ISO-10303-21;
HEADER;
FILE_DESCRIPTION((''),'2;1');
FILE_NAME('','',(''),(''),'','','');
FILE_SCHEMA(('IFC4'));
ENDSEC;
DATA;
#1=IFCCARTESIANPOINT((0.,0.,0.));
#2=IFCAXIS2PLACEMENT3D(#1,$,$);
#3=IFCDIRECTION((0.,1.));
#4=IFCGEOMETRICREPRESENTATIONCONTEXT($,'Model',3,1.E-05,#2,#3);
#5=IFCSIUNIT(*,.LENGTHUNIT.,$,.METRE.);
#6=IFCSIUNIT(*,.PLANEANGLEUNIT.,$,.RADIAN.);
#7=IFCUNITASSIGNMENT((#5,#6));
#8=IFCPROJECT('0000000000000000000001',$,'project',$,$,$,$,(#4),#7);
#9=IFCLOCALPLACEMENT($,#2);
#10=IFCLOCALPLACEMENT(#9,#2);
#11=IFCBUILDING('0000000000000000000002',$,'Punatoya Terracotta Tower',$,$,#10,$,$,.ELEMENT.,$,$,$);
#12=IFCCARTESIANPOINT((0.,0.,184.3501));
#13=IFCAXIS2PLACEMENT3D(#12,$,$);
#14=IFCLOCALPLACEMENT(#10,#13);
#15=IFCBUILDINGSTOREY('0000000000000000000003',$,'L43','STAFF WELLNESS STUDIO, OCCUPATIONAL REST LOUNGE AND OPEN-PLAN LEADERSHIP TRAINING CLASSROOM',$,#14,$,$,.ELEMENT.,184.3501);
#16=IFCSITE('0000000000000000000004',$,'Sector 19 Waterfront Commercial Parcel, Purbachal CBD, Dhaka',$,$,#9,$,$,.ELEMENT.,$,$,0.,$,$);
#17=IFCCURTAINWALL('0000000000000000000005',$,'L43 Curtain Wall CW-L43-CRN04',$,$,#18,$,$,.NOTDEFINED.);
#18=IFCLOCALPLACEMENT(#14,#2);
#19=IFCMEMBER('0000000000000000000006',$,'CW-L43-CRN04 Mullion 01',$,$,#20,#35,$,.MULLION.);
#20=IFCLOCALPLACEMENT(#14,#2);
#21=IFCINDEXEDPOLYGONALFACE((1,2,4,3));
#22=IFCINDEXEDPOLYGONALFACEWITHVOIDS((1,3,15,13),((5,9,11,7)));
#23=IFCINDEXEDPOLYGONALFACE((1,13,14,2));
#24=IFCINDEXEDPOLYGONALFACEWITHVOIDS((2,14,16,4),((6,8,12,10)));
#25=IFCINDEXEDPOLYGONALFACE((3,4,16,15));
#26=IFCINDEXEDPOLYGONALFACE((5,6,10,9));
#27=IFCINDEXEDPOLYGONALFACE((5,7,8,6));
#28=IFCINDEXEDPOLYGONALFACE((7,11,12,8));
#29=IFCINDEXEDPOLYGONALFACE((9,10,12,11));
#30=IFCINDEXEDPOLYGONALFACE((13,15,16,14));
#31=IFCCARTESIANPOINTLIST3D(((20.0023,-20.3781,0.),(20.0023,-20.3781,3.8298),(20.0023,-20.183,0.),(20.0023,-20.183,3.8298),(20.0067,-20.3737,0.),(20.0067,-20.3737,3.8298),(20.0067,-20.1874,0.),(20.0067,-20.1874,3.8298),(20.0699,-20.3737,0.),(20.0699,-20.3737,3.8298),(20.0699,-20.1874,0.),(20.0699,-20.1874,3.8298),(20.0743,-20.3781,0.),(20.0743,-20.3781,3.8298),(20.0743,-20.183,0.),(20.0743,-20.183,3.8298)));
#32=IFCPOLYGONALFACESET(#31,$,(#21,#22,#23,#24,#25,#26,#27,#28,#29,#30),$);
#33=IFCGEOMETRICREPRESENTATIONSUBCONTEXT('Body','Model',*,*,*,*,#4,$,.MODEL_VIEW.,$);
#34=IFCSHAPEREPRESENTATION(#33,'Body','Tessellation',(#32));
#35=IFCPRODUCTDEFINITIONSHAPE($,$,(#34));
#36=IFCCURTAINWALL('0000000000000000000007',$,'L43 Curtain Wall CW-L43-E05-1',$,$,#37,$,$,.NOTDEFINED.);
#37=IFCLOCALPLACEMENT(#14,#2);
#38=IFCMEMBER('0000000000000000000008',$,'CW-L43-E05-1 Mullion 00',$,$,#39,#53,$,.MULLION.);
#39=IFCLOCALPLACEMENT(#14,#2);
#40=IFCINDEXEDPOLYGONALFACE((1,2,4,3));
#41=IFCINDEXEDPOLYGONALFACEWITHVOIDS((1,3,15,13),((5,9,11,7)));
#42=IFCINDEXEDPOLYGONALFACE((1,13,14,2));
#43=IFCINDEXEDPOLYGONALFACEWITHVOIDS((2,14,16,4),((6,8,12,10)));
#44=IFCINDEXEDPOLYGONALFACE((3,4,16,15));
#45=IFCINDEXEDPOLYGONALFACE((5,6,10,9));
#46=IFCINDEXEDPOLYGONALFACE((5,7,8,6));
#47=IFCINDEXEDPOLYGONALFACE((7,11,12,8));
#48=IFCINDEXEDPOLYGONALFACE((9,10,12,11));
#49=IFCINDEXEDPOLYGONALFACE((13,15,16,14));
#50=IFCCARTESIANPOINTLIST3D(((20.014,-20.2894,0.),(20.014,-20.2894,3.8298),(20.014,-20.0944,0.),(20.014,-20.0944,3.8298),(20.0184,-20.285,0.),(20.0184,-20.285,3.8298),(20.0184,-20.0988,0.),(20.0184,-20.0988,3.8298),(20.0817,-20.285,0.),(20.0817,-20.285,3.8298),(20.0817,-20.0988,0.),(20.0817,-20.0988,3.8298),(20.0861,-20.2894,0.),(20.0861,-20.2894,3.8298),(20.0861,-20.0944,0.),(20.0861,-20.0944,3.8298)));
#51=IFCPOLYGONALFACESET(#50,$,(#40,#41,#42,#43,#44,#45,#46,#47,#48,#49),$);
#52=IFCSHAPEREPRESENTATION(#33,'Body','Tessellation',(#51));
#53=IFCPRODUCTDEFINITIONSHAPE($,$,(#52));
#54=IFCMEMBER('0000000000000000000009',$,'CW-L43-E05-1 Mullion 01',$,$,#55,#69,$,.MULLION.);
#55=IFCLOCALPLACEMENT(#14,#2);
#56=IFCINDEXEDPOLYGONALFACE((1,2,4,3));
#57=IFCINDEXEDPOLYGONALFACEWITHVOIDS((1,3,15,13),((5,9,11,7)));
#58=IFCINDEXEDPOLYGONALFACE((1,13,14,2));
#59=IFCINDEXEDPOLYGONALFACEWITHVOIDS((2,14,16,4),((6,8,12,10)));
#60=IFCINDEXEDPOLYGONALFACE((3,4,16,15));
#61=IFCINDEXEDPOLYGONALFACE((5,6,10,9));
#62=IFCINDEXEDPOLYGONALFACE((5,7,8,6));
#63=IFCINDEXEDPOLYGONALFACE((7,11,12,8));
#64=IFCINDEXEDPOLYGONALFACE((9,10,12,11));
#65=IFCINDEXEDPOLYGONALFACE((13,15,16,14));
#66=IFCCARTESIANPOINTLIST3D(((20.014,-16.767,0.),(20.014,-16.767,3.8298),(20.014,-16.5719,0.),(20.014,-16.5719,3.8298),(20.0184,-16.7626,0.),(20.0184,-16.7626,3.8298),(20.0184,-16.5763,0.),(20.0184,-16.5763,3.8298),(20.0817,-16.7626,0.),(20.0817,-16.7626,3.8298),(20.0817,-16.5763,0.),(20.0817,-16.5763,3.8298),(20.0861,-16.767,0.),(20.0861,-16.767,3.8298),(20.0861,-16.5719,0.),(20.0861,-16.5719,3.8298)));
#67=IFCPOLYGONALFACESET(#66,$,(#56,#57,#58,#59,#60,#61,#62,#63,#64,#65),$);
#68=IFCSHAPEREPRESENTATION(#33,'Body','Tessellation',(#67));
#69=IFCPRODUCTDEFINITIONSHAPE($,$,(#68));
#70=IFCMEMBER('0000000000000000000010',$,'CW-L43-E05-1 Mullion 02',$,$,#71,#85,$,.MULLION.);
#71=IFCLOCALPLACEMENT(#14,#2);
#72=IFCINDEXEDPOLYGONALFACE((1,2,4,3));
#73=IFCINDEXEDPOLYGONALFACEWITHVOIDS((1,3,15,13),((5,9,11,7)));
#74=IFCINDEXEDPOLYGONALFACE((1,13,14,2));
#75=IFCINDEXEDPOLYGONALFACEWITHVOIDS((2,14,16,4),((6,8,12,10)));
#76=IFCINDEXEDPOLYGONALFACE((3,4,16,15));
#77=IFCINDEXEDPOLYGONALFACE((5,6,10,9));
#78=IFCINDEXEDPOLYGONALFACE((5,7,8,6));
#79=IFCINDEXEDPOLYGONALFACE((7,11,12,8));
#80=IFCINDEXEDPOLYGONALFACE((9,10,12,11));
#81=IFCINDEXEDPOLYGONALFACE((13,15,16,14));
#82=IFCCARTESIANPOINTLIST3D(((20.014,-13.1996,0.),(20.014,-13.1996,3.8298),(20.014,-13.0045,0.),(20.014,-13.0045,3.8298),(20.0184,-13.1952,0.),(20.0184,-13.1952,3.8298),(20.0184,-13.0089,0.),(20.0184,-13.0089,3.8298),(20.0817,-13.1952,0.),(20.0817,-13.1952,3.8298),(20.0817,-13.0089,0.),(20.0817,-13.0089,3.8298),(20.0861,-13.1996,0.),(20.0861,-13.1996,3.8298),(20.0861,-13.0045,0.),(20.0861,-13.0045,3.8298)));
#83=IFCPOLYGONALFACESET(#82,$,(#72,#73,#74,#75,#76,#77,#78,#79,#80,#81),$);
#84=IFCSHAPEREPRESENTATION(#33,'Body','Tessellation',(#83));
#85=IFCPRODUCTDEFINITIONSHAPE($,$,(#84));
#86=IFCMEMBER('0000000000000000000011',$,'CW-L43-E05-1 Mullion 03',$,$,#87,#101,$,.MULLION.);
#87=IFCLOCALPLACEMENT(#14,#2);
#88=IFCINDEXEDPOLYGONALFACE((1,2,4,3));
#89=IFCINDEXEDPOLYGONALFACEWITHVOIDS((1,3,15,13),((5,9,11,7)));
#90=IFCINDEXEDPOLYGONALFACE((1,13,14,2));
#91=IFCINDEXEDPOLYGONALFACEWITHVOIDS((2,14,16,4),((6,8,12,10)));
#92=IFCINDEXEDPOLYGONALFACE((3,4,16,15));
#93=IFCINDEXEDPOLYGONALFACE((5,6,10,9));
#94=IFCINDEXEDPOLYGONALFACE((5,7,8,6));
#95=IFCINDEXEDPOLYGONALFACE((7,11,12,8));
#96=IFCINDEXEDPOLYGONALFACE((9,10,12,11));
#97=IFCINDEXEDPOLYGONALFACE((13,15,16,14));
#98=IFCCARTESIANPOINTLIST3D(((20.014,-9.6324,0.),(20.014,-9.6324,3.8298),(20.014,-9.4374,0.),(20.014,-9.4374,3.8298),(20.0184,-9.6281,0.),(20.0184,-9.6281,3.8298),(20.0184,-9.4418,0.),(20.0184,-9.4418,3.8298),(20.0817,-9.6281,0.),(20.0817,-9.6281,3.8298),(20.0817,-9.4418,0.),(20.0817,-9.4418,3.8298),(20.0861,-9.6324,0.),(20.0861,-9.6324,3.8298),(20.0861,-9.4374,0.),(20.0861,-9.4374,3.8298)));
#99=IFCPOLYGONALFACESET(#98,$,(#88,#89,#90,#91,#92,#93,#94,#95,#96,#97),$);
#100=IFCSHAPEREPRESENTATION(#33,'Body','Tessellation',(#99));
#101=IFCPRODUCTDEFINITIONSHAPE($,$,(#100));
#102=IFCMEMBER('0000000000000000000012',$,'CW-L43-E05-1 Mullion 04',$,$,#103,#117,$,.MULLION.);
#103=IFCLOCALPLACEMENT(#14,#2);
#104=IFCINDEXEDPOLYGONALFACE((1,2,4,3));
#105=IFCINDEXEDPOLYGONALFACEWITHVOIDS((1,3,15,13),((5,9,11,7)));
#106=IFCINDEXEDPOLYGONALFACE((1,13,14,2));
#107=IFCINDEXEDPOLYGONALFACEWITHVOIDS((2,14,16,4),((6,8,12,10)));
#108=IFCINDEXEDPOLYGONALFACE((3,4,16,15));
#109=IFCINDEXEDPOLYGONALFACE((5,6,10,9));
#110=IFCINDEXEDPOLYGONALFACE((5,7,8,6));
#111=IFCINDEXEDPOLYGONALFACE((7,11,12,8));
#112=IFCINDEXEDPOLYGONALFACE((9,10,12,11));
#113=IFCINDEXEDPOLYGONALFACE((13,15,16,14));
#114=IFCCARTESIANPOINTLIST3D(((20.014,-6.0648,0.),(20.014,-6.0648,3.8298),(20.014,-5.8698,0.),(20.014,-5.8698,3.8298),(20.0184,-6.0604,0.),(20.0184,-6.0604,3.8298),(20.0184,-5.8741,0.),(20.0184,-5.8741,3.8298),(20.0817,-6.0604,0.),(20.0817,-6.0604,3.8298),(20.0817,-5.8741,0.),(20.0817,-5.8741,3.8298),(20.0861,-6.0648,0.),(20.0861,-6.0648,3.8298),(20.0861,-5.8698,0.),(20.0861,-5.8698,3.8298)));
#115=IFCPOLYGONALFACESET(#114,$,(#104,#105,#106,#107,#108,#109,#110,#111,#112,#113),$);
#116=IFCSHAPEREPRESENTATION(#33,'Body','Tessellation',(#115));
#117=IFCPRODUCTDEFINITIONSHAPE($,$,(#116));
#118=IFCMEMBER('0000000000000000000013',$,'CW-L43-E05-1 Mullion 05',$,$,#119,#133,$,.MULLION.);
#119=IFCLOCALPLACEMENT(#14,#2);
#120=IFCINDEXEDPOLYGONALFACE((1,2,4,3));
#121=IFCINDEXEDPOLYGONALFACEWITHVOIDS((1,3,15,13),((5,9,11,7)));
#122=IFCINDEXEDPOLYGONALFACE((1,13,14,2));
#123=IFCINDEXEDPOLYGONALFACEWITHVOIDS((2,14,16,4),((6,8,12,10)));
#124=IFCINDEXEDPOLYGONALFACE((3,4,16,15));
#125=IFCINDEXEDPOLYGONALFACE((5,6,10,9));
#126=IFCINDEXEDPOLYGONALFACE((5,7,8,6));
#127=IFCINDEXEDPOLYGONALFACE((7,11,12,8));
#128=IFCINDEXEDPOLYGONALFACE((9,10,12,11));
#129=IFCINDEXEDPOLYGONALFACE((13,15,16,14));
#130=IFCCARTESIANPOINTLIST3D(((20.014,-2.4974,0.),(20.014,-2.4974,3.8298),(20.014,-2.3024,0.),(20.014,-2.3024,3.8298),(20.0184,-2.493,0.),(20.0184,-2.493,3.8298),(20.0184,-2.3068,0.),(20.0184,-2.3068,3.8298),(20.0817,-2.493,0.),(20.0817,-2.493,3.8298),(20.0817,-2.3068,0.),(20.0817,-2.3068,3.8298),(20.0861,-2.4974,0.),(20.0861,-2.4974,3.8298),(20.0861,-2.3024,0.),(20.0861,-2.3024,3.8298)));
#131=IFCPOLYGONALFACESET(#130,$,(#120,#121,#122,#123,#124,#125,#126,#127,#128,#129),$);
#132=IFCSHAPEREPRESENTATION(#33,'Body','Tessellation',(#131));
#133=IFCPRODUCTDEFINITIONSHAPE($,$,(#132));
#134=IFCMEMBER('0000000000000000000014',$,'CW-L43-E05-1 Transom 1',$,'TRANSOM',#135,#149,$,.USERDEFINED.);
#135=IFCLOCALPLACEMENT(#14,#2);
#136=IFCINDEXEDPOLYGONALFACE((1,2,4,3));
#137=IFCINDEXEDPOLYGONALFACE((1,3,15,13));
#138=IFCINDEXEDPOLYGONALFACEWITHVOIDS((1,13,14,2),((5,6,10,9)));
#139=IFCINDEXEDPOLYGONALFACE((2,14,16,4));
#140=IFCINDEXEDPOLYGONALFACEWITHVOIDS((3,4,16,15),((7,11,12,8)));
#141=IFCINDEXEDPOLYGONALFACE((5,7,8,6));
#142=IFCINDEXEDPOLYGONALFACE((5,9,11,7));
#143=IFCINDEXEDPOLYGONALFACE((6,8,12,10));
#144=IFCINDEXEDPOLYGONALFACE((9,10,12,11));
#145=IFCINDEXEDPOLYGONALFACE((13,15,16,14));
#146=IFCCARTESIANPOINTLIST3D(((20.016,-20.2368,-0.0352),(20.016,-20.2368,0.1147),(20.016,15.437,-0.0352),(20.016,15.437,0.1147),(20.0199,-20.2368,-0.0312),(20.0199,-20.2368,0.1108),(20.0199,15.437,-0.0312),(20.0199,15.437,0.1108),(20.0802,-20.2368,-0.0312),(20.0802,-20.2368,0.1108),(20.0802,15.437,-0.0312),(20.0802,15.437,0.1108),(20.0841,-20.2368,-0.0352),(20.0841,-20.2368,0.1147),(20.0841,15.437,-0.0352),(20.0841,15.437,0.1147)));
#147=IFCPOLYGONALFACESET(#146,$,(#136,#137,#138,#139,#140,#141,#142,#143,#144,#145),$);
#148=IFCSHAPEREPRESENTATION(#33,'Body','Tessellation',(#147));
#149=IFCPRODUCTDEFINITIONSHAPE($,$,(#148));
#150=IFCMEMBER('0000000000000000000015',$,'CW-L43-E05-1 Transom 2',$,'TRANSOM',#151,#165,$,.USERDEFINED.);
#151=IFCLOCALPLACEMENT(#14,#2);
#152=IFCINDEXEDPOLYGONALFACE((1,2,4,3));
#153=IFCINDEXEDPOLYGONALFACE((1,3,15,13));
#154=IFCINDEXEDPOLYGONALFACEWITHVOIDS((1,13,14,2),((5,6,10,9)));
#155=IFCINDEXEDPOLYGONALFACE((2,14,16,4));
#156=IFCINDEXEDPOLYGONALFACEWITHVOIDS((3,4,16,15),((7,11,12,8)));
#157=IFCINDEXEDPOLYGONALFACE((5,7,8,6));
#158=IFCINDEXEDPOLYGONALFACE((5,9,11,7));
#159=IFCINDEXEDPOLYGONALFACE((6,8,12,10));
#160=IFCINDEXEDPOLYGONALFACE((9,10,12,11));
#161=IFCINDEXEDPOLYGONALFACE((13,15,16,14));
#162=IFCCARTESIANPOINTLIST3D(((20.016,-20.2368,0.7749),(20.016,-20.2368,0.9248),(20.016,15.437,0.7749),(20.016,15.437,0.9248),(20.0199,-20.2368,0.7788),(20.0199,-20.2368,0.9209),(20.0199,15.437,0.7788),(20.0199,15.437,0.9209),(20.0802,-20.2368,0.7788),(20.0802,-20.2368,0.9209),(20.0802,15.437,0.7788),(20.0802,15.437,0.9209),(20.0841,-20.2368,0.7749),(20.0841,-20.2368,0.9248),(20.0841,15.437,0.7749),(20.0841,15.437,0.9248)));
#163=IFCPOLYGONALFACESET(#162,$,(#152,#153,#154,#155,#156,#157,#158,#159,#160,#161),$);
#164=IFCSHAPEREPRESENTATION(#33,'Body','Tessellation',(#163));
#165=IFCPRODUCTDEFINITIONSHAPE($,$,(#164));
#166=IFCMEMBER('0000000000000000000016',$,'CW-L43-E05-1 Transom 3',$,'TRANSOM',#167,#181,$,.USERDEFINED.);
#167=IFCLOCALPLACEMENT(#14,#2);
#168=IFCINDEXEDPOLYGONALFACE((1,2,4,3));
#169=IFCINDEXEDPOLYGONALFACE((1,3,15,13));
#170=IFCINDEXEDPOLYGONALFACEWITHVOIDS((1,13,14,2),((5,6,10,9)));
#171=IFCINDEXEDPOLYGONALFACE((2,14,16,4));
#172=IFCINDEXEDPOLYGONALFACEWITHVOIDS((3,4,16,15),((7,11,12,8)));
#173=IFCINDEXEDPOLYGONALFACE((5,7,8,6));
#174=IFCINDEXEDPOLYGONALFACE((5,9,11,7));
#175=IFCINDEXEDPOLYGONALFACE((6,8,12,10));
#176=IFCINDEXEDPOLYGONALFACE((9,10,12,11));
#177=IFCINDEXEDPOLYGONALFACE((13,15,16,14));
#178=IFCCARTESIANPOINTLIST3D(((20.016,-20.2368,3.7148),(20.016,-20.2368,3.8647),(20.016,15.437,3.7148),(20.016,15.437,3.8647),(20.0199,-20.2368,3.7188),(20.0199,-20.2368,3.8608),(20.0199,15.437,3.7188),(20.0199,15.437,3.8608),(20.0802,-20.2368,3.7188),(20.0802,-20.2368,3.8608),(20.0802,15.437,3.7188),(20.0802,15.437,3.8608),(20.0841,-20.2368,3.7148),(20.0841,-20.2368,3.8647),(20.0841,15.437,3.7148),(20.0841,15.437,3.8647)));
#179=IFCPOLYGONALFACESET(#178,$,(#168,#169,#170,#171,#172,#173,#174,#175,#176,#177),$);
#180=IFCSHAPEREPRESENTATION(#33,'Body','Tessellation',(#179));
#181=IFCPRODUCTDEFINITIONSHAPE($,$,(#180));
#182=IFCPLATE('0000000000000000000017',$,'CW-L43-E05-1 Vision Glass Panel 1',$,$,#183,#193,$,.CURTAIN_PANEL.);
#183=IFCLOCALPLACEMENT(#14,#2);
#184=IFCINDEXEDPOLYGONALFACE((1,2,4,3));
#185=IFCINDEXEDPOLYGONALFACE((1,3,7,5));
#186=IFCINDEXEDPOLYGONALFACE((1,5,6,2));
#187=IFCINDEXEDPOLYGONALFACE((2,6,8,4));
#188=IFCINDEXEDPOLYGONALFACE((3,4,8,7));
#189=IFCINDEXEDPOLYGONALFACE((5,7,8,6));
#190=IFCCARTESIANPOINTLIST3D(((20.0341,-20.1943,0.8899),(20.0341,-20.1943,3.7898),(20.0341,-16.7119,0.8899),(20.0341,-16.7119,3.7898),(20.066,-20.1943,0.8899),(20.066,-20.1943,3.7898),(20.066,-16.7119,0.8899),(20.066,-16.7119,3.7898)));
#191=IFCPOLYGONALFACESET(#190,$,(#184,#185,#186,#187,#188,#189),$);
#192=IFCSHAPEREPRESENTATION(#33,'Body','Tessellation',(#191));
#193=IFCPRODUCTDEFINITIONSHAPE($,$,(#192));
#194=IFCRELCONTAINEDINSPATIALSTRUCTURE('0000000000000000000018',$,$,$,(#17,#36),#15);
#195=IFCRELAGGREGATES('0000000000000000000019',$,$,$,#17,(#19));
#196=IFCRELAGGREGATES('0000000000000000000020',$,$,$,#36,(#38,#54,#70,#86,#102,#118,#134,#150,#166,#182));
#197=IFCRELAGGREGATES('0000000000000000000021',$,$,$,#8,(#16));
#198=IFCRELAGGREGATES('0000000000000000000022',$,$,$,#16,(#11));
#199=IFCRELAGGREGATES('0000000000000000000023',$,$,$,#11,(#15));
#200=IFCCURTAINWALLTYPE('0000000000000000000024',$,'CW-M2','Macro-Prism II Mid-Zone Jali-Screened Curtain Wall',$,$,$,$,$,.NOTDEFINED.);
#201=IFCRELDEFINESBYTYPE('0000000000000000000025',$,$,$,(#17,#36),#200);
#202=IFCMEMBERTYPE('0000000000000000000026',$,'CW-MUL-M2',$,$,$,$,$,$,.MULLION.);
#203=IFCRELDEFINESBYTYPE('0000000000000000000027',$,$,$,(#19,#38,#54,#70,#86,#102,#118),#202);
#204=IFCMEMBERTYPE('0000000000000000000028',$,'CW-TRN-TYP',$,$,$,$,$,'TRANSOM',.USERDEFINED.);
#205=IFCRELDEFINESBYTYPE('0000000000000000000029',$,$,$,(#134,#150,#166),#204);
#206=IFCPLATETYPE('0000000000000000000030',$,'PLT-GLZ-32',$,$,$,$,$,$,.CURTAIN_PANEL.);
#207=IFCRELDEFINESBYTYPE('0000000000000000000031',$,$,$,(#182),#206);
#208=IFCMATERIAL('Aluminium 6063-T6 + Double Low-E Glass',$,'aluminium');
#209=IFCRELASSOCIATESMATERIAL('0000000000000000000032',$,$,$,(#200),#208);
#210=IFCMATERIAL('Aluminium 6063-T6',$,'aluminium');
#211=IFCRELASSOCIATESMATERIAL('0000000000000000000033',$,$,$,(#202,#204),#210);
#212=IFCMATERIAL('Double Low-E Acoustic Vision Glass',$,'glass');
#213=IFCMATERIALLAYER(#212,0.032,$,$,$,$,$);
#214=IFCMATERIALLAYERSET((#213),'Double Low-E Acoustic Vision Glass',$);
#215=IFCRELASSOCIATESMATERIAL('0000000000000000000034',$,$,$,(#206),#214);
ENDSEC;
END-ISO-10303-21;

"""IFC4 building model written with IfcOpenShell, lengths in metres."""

from ifc_helpers import new_model, si_unit, direction, frame, origin, origin_2d, place, context, subcontext, project, spatial, rectangle, hollow_rectangle, extrude, material, layer, layer_set, material_profile, profile_set, type_object, element, aggregate, save


model = new_model("IFC4")

# Units and contexts
model_context = context("Model", 3, precision=1e-05, world=origin(), true_north=direction((0.0, 1.0)))
body_context = subcontext(model_context, "Body", "Model", "MODEL_VIEW")
ifc_project = project(units=[si_unit("LENGTHUNIT", "METRE"), si_unit("PLANEANGLEUNIT", "RADIAN")], contexts=[model_context])

# Site, building, storey
site_placement = place(None, origin())
site = spatial("IfcSite", under=ifc_project, at=site_placement, Name="Sector 19 Waterfront Commercial Parcel, Purbachal CBD, Dhaka", CompositionType="ELEMENT", RefElevation=0.0)
building_placement = place(site_placement, origin())
building = spatial("IfcBuilding", under=site, at=building_placement, Name="Punatoya Terracotta Tower", CompositionType="ELEMENT")
storey_placement = place(building_placement, frame((0.0, 0.0, 184.3501)))
storey = spatial("IfcBuildingStorey", under=building, at=storey_placement, Name="L43", Description="STAFF WELLNESS STUDIO, OCCUPATIONAL REST LOUNGE AND OPEN-PLAN LEADERSHIP TRAINING CLASSROOM", CompositionType="ELEMENT", Elevation=184.3501)

# Curtain wall, member
ifc_material_1 = material(Name="Aluminium 6063-T6 + Double Low-E Glass", Category="aluminium")
curtain_wall_type = type_object("IfcCurtainWallType", Name="CW-M2", Description="Macro-Prism II Mid-Zone Jali-Screened Curtain Wall", PredefinedType="NOTDEFINED", material=ifc_material_1)
curtain_wall_1_placement = place(storey_placement, origin())
curtain_wall_1 = element("IfcCurtainWall", 1, at=curtain_wall_1_placement, inside=storey, type_object=curtain_wall_type, Name="L43 Curtain Wall CW-L43-CRN04", PredefinedType="NOTDEFINED")
ifc_material_2 = material(Name="Aluminium 6063-T6", Category="aluminium")
ifc_material_profile_1 = material_profile(ifc_material_2, hollow_rectangle(XDim=0.072, YDim=0.1951, WallThickness=0.0044, at=origin_2d()))
ifc_profile_set_1 = profile_set([ifc_material_profile_1], Name="Aluminium 6063-T6")
member_type_1 = type_object("IfcMemberType", Name="CW-MUL-M2", PredefinedType="MULLION", material=ifc_profile_set_1)
member_1_placement = place(storey_placement, frame((20.0383, -20.2805, 0.0), z_axis=(0.0, 0.0, 1.0), x_axis=(1.0, 0.0, 0.0)))
member_1 = element("IfcMember", 2, at=member_1_placement, type_object=member_type_1, Name="CW-L43-CRN04 Mullion 01", PredefinedType="MULLION", context=body_context, shape_type="SweptSolid", body=[
    extrude(hollow_rectangle(XDim=0.072, YDim=0.1951, WallThickness=0.0044, at=origin_2d()), origin(), (0.0, 0.0, 1.0), 3.8298),
])
aggregate(curtain_wall_1, [member_1])

# Curtain wall, members, plate
curtain_wall_2_placement = place(storey_placement, origin())
curtain_wall_2 = element("IfcCurtainWall", 3, at=curtain_wall_2_placement, inside=storey, type_object=curtain_wall_type, Name="L43 Curtain Wall CW-L43-E05-1", PredefinedType="NOTDEFINED")
member_2_placement = place(storey_placement, frame((20.05, -20.1919, 0.0), z_axis=(0.0, 0.0, 1.0), x_axis=(1.0, 0.0, 0.0)))
member_2 = element("IfcMember", 4, at=member_2_placement, type_object=member_type_1, Name="CW-L43-E05-1 Mullion 00", PredefinedType="MULLION", context=body_context, shape_type="SweptSolid", body=[
    extrude(hollow_rectangle(XDim=0.072, YDim=0.1951, WallThickness=0.0044, at=origin_2d()), origin(), (0.0, 0.0, 1.0), 3.8298),
])
member_3_placement = place(storey_placement, frame((20.05, -16.6694, 0.0), z_axis=(0.0, 0.0, 1.0), x_axis=(1.0, 0.0, 0.0)))
member_3 = element("IfcMember", 5, at=member_3_placement, type_object=member_type_1, Name="CW-L43-E05-1 Mullion 01", PredefinedType="MULLION", context=body_context, shape_type="SweptSolid", body=[
    extrude(hollow_rectangle(XDim=0.072, YDim=0.1951, WallThickness=0.0044, at=origin_2d()), origin(), (0.0, 0.0, 1.0), 3.8298),
])
member_4_placement = place(storey_placement, frame((20.05, -13.1021, 0.0), z_axis=(0.0, 0.0, 1.0), x_axis=(1.0, 0.0, 0.0)))
member_4 = element("IfcMember", 6, at=member_4_placement, type_object=member_type_1, Name="CW-L43-E05-1 Mullion 02", PredefinedType="MULLION", context=body_context, shape_type="SweptSolid", body=[
    extrude(hollow_rectangle(XDim=0.072, YDim=0.1951, WallThickness=0.0044, at=origin_2d()), origin(), (0.0, 0.0, 1.0), 3.8298),
])
member_5_placement = place(storey_placement, frame((20.05, -9.5349, 0.0), z_axis=(0.0, 0.0, 1.0), x_axis=(1.0, 0.0, 0.0)))
member_5 = element("IfcMember", 7, at=member_5_placement, type_object=member_type_1, Name="CW-L43-E05-1 Mullion 03", PredefinedType="MULLION", context=body_context, shape_type="SweptSolid", body=[
    extrude(hollow_rectangle(XDim=0.072, YDim=0.1951, WallThickness=0.0044, at=origin_2d()), origin(), (0.0, 0.0, 1.0), 3.8298),
])
member_6_placement = place(storey_placement, frame((20.05, -5.9673, 0.0), z_axis=(0.0, 0.0, 1.0), x_axis=(1.0, 0.0, 0.0)))
member_6 = element("IfcMember", 8, at=member_6_placement, type_object=member_type_1, Name="CW-L43-E05-1 Mullion 04", PredefinedType="MULLION", context=body_context, shape_type="SweptSolid", body=[
    extrude(hollow_rectangle(XDim=0.072, YDim=0.1951, WallThickness=0.0044, at=origin_2d()), origin(), (0.0, 0.0, 1.0), 3.8298),
])
member_7_placement = place(storey_placement, frame((20.05, -2.3999, 0.0), z_axis=(0.0, 0.0, 1.0), x_axis=(1.0, 0.0, 0.0)))
member_7 = element("IfcMember", 9, at=member_7_placement, type_object=member_type_1, Name="CW-L43-E05-1 Mullion 05", PredefinedType="MULLION", context=body_context, shape_type="SweptSolid", body=[
    extrude(hollow_rectangle(XDim=0.072, YDim=0.1951, WallThickness=0.0044, at=origin_2d()), origin(), (0.0, 0.0, 1.0), 3.8298),
])
ifc_material_profile_2 = material_profile(ifc_material_2, hollow_rectangle(XDim=0.0681, YDim=0.1499, WallThickness=0.0039, at=origin_2d()))
ifc_profile_set_2 = profile_set([ifc_material_profile_2], Name="Aluminium 6063-T6")
member_type_2 = type_object("IfcMemberType", Name="CW-TRN-TYP", ElementType="TRANSOM", PredefinedType="USERDEFINED", material=ifc_profile_set_2)
member_8_placement = place(storey_placement, frame((20.05, -20.2368, 0.0398), z_axis=(0.0, 1.0, 0.0), x_axis=(-1.0, 0.0, 0.0)))
member_8 = element("IfcMember", 10, at=member_8_placement, type_object=member_type_2, Name="CW-L43-E05-1 Transom 1", ObjectType="TRANSOM", PredefinedType="USERDEFINED", context=body_context, shape_type="SweptSolid", body=[
    extrude(hollow_rectangle(XDim=0.0681, YDim=0.1499, WallThickness=0.0039, at=origin_2d()), origin(), (0.0, 0.0, 1.0), 35.6738),
])
member_9_placement = place(storey_placement, frame((20.05, -20.2368, 0.8499), z_axis=(0.0, 1.0, 0.0), x_axis=(-1.0, 0.0, 0.0)))
member_9 = element("IfcMember", 11, at=member_9_placement, type_object=member_type_2, Name="CW-L43-E05-1 Transom 2", ObjectType="TRANSOM", PredefinedType="USERDEFINED", context=body_context, shape_type="SweptSolid", body=[
    extrude(hollow_rectangle(XDim=0.0681, YDim=0.1499, WallThickness=0.0039, at=origin_2d()), origin(), (0.0, 0.0, 1.0), 35.6738),
])
member_10_placement = place(storey_placement, frame((20.05, -20.2368, 3.7898), z_axis=(0.0, 1.0, 0.0), x_axis=(-1.0, 0.0, 0.0)))
member_10 = element("IfcMember", 12, at=member_10_placement, type_object=member_type_2, Name="CW-L43-E05-1 Transom 3", ObjectType="TRANSOM", PredefinedType="USERDEFINED", context=body_context, shape_type="SweptSolid", body=[
    extrude(hollow_rectangle(XDim=0.0681, YDim=0.1499, WallThickness=0.0039, at=origin_2d()), origin(), (0.0, 0.0, 1.0), 35.6738),
])
ifc_material_3 = material(Name="Double Low-E Acoustic Vision Glass", Category="glass")
ifc_layer_1 = layer(ifc_material_3, 0.032)
ifc_layer_set_1 = layer_set([ifc_layer_1], Name="Double Low-E Acoustic Vision Glass")
plate_type_1 = type_object("IfcPlateType", Name="PLT-GLZ-32", PredefinedType="CURTAIN_PANEL", material=ifc_layer_set_1)
plate_1_placement = place(storey_placement, frame((20.05, -18.4531, 0.8899), z_axis=(0.0, 0.0, 1.0), x_axis=(0.0, 1.0, 0.0)))
plate_1 = element("IfcPlate", 13, at=plate_1_placement, type_object=plate_type_1, Name="CW-L43-E05-1 Vision Glass Panel 1", PredefinedType="CURTAIN_PANEL", context=body_context, shape_type="SweptSolid", body=[
    extrude(rectangle(XDim=3.4824, YDim=0.032, at=origin_2d()), origin(), (0.0, 0.0, 1.0), 2.8999),
])
aggregate(curtain_wall_2, [member_2, member_3, member_4, member_5, member_6, member_7, member_8, member_9, member_10, plate_1])

save(model, "model.ifc")
